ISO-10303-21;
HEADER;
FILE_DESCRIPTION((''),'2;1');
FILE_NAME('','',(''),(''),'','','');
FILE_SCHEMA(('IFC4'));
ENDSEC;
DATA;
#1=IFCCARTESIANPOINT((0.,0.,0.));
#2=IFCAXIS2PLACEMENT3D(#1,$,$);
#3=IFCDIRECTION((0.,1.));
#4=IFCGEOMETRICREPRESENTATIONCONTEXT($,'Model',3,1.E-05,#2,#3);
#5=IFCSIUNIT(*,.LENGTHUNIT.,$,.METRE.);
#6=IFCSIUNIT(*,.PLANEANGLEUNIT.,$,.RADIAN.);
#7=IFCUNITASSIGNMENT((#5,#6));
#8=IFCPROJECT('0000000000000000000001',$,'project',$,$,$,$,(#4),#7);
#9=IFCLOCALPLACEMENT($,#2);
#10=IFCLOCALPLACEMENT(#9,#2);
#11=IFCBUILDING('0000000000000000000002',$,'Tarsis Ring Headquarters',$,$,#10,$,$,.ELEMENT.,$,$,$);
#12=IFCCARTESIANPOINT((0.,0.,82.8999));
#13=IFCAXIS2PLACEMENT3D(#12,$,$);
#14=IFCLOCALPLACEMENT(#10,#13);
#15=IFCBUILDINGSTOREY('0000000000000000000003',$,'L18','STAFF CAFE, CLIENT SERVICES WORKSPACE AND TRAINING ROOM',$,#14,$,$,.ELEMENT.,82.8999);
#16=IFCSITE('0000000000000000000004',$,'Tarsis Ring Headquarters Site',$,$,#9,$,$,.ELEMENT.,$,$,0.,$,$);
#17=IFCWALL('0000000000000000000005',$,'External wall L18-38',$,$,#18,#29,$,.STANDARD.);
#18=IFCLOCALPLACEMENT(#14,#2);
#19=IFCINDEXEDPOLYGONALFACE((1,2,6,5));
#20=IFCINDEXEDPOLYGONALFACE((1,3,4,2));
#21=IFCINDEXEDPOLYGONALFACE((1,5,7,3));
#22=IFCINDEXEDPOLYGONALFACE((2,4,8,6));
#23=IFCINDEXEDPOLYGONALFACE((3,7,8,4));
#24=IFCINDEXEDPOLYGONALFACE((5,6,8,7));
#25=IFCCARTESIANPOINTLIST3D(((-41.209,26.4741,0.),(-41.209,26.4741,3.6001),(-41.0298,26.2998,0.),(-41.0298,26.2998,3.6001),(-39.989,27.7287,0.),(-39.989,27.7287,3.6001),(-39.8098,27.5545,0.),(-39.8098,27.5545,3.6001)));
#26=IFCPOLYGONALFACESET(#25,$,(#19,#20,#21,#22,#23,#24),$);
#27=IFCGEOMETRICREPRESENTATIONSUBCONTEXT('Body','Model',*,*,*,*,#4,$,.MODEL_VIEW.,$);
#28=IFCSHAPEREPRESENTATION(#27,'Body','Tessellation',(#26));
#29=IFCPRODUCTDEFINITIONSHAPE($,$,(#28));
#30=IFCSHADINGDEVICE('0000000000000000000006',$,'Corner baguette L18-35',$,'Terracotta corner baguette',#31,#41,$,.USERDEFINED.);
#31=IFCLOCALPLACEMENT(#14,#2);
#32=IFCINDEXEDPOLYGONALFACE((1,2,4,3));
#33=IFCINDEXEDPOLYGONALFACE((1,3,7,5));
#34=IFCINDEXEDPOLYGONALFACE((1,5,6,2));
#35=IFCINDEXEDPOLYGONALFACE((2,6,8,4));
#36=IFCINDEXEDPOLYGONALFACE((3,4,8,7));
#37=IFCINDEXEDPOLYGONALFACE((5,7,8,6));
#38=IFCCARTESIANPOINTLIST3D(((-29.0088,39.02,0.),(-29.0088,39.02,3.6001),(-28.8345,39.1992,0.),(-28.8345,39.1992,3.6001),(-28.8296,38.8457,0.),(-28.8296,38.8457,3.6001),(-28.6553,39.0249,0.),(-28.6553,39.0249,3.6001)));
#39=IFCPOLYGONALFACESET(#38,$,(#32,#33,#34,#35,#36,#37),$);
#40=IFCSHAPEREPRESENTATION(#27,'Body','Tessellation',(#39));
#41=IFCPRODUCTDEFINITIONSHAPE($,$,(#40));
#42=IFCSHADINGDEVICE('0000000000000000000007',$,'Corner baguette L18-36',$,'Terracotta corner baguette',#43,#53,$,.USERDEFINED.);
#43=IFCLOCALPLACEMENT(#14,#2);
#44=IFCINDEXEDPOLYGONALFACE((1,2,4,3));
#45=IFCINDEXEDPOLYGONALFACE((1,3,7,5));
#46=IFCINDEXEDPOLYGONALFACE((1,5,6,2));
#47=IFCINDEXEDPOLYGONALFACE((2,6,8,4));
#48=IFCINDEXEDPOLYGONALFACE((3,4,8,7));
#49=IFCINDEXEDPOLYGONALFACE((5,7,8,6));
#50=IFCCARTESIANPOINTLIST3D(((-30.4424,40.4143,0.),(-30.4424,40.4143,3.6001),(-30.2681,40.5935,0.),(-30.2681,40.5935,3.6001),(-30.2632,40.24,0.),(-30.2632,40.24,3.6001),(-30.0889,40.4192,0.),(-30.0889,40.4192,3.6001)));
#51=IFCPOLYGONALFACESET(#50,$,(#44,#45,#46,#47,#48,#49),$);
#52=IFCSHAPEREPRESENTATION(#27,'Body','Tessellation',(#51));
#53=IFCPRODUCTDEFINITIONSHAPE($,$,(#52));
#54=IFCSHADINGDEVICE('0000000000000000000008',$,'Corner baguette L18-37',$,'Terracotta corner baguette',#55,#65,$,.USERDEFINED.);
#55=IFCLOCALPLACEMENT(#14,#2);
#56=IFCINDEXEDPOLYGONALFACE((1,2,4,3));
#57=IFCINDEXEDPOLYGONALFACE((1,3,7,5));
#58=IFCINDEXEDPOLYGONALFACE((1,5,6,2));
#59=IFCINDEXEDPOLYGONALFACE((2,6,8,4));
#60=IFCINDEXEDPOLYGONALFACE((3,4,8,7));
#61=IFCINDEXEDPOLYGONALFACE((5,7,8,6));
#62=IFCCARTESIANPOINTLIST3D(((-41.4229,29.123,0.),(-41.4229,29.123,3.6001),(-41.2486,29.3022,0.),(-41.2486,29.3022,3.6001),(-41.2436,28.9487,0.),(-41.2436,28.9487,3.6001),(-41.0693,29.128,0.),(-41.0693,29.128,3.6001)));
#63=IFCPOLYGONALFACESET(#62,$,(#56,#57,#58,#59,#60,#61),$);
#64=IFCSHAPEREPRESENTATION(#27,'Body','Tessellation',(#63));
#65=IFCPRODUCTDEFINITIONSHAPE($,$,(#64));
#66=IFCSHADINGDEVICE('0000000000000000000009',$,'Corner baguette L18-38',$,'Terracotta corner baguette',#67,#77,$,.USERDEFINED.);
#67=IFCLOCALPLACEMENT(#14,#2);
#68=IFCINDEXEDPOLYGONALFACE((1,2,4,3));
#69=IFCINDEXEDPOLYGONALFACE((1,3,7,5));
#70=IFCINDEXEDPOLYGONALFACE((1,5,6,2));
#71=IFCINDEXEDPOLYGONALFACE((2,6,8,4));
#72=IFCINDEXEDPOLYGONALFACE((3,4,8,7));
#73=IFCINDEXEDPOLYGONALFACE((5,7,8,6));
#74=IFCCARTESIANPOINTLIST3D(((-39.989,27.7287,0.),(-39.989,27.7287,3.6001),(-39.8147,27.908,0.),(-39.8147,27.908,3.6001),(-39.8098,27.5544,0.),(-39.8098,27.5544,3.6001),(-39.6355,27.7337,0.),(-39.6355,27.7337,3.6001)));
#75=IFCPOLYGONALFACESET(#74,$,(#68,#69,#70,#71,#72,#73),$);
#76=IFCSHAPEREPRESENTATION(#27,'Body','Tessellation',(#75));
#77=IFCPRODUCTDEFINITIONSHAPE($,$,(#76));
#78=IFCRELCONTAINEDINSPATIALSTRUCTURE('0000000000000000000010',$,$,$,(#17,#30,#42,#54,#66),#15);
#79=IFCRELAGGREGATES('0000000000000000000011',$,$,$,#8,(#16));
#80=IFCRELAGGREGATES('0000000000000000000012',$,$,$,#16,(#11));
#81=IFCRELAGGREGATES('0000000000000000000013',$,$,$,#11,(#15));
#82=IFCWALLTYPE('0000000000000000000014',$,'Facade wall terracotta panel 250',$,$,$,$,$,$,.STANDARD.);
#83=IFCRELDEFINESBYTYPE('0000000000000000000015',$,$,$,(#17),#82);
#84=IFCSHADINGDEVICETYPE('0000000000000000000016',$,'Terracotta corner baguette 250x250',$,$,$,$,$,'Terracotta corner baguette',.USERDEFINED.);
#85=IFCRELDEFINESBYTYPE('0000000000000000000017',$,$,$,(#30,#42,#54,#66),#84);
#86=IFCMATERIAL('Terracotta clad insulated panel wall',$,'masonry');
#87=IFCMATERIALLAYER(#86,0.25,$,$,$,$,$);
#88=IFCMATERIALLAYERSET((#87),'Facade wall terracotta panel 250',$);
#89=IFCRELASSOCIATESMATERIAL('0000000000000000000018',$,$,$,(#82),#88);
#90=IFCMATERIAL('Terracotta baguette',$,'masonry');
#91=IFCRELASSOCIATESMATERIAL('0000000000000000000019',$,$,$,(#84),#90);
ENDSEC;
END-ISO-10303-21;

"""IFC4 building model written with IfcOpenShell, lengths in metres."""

from ifc_helpers import new_model, si_unit, direction, frame, frame_2d, origin, origin_2d, place, context, subcontext, project, spatial, rectangle, extrude, material, layer, layer_set, type_object, element, save


model = new_model("IFC4")

# Units and contexts
model_context = context("Model", 3, precision=1e-05, world=origin(), true_north=direction((0.0, 1.0)))
body_context = subcontext(model_context, "Body", "Model", "MODEL_VIEW")
ifc_project = project(units=[si_unit("LENGTHUNIT", "METRE"), si_unit("PLANEANGLEUNIT", "RADIAN")], contexts=[model_context])

# Site, building, storey
site_placement = place(None, origin())
site = spatial("IfcSite", under=ifc_project, at=site_placement, Name="Tarsis Ring Headquarters Site", CompositionType="ELEMENT", RefElevation=0.0)
building_placement = place(site_placement, origin())
building = spatial("IfcBuilding", under=site, at=building_placement, Name="Tarsis Ring Headquarters", CompositionType="ELEMENT")
storey_placement = place(building_placement, frame((0.0, 0.0, 82.8999)))
storey = spatial("IfcBuildingStorey", under=building, at=storey_placement, Name="L18", Description="STAFF CAFE, CLIENT SERVICES WORKSPACE AND TRAINING ROOM", CompositionType="ELEMENT", Elevation=82.8999)

# Shared definitions
ifc_material_1 = material(Name="Terracotta clad insulated panel wall", Category="masonry")
ifc_layer_1 = layer(ifc_material_1, 0.25)
ifc_layer_set_1 = layer_set([ifc_layer_1], Name="Facade wall terracotta panel 250")
wall_type_1 = type_object("IfcWallType", Name="Facade wall terracotta panel 250", PredefinedType="STANDARD", material=ifc_layer_set_1)

# Wall
for number, where, z_axis, x_axis, name in (
    (1, (-39.8994, 27.6416, 0.0), (0.0, 0.0, 1.0), (-0.697132, -0.716943, 0.0), "External wall L18-38"),
):
    element("IfcWall", number, at=place(storey_placement, frame(where, z_axis=z_axis, x_axis=x_axis)), inside=storey, type_object=wall_type_1, Name=name, PredefinedType="STANDARD", context=body_context, shape_type="SweptSolid", body=[
        extrude(rectangle(XDim=1.75, YDim=0.25, at=frame_2d((0.875, 0.0))), origin(), (0.0, 0.0, 1.0), 3.6001),
    ])

# Shading devices
ifc_material_2 = material(Name="Terracotta baguette", Category="masonry")
shading_device_type = type_object("IfcShadingDeviceType", Name="Terracotta corner baguette 250x250", ElementType="Terracotta corner baguette", PredefinedType="USERDEFINED", material=ifc_material_2)
for number, where, z_axis, x_axis, name in (
    (2, (-28.832, 39.0225, 0.0), (0.0, 0.0, 1.0), (-0.697165, -0.71691, 0.0), "Corner baguette L18-35"),
    (3, (-30.2656, 40.4167, 0.0), (0.0, 0.0, 1.0), (-0.716911, 0.697165, 0.0), "Corner baguette L18-36"),
    (4, (-41.2461, 29.1255, 0.0), (0.0, 0.0, 1.0), (-0.697165, -0.716911, 0.0), "Corner baguette L18-37"),
    (5, (-39.8123, 27.7312, 0.0), (0.0, 0.0, 1.0), (0.716911, -0.697165, 0.0), "Corner baguette L18-38"),
):
    element("IfcShadingDevice", number, at=place(storey_placement, frame(where, z_axis=z_axis, x_axis=x_axis)), inside=storey, type_object=shading_device_type, Name=name, ObjectType="Terracotta corner baguette", PredefinedType="USERDEFINED", context=body_context, shape_type="SweptSolid", body=[
        extrude(rectangle(XDim=0.25, YDim=0.25, at=origin_2d()), origin(), (0.0, 0.0, 1.0), 3.6001),
    ])

save(model, "model.ifc")
